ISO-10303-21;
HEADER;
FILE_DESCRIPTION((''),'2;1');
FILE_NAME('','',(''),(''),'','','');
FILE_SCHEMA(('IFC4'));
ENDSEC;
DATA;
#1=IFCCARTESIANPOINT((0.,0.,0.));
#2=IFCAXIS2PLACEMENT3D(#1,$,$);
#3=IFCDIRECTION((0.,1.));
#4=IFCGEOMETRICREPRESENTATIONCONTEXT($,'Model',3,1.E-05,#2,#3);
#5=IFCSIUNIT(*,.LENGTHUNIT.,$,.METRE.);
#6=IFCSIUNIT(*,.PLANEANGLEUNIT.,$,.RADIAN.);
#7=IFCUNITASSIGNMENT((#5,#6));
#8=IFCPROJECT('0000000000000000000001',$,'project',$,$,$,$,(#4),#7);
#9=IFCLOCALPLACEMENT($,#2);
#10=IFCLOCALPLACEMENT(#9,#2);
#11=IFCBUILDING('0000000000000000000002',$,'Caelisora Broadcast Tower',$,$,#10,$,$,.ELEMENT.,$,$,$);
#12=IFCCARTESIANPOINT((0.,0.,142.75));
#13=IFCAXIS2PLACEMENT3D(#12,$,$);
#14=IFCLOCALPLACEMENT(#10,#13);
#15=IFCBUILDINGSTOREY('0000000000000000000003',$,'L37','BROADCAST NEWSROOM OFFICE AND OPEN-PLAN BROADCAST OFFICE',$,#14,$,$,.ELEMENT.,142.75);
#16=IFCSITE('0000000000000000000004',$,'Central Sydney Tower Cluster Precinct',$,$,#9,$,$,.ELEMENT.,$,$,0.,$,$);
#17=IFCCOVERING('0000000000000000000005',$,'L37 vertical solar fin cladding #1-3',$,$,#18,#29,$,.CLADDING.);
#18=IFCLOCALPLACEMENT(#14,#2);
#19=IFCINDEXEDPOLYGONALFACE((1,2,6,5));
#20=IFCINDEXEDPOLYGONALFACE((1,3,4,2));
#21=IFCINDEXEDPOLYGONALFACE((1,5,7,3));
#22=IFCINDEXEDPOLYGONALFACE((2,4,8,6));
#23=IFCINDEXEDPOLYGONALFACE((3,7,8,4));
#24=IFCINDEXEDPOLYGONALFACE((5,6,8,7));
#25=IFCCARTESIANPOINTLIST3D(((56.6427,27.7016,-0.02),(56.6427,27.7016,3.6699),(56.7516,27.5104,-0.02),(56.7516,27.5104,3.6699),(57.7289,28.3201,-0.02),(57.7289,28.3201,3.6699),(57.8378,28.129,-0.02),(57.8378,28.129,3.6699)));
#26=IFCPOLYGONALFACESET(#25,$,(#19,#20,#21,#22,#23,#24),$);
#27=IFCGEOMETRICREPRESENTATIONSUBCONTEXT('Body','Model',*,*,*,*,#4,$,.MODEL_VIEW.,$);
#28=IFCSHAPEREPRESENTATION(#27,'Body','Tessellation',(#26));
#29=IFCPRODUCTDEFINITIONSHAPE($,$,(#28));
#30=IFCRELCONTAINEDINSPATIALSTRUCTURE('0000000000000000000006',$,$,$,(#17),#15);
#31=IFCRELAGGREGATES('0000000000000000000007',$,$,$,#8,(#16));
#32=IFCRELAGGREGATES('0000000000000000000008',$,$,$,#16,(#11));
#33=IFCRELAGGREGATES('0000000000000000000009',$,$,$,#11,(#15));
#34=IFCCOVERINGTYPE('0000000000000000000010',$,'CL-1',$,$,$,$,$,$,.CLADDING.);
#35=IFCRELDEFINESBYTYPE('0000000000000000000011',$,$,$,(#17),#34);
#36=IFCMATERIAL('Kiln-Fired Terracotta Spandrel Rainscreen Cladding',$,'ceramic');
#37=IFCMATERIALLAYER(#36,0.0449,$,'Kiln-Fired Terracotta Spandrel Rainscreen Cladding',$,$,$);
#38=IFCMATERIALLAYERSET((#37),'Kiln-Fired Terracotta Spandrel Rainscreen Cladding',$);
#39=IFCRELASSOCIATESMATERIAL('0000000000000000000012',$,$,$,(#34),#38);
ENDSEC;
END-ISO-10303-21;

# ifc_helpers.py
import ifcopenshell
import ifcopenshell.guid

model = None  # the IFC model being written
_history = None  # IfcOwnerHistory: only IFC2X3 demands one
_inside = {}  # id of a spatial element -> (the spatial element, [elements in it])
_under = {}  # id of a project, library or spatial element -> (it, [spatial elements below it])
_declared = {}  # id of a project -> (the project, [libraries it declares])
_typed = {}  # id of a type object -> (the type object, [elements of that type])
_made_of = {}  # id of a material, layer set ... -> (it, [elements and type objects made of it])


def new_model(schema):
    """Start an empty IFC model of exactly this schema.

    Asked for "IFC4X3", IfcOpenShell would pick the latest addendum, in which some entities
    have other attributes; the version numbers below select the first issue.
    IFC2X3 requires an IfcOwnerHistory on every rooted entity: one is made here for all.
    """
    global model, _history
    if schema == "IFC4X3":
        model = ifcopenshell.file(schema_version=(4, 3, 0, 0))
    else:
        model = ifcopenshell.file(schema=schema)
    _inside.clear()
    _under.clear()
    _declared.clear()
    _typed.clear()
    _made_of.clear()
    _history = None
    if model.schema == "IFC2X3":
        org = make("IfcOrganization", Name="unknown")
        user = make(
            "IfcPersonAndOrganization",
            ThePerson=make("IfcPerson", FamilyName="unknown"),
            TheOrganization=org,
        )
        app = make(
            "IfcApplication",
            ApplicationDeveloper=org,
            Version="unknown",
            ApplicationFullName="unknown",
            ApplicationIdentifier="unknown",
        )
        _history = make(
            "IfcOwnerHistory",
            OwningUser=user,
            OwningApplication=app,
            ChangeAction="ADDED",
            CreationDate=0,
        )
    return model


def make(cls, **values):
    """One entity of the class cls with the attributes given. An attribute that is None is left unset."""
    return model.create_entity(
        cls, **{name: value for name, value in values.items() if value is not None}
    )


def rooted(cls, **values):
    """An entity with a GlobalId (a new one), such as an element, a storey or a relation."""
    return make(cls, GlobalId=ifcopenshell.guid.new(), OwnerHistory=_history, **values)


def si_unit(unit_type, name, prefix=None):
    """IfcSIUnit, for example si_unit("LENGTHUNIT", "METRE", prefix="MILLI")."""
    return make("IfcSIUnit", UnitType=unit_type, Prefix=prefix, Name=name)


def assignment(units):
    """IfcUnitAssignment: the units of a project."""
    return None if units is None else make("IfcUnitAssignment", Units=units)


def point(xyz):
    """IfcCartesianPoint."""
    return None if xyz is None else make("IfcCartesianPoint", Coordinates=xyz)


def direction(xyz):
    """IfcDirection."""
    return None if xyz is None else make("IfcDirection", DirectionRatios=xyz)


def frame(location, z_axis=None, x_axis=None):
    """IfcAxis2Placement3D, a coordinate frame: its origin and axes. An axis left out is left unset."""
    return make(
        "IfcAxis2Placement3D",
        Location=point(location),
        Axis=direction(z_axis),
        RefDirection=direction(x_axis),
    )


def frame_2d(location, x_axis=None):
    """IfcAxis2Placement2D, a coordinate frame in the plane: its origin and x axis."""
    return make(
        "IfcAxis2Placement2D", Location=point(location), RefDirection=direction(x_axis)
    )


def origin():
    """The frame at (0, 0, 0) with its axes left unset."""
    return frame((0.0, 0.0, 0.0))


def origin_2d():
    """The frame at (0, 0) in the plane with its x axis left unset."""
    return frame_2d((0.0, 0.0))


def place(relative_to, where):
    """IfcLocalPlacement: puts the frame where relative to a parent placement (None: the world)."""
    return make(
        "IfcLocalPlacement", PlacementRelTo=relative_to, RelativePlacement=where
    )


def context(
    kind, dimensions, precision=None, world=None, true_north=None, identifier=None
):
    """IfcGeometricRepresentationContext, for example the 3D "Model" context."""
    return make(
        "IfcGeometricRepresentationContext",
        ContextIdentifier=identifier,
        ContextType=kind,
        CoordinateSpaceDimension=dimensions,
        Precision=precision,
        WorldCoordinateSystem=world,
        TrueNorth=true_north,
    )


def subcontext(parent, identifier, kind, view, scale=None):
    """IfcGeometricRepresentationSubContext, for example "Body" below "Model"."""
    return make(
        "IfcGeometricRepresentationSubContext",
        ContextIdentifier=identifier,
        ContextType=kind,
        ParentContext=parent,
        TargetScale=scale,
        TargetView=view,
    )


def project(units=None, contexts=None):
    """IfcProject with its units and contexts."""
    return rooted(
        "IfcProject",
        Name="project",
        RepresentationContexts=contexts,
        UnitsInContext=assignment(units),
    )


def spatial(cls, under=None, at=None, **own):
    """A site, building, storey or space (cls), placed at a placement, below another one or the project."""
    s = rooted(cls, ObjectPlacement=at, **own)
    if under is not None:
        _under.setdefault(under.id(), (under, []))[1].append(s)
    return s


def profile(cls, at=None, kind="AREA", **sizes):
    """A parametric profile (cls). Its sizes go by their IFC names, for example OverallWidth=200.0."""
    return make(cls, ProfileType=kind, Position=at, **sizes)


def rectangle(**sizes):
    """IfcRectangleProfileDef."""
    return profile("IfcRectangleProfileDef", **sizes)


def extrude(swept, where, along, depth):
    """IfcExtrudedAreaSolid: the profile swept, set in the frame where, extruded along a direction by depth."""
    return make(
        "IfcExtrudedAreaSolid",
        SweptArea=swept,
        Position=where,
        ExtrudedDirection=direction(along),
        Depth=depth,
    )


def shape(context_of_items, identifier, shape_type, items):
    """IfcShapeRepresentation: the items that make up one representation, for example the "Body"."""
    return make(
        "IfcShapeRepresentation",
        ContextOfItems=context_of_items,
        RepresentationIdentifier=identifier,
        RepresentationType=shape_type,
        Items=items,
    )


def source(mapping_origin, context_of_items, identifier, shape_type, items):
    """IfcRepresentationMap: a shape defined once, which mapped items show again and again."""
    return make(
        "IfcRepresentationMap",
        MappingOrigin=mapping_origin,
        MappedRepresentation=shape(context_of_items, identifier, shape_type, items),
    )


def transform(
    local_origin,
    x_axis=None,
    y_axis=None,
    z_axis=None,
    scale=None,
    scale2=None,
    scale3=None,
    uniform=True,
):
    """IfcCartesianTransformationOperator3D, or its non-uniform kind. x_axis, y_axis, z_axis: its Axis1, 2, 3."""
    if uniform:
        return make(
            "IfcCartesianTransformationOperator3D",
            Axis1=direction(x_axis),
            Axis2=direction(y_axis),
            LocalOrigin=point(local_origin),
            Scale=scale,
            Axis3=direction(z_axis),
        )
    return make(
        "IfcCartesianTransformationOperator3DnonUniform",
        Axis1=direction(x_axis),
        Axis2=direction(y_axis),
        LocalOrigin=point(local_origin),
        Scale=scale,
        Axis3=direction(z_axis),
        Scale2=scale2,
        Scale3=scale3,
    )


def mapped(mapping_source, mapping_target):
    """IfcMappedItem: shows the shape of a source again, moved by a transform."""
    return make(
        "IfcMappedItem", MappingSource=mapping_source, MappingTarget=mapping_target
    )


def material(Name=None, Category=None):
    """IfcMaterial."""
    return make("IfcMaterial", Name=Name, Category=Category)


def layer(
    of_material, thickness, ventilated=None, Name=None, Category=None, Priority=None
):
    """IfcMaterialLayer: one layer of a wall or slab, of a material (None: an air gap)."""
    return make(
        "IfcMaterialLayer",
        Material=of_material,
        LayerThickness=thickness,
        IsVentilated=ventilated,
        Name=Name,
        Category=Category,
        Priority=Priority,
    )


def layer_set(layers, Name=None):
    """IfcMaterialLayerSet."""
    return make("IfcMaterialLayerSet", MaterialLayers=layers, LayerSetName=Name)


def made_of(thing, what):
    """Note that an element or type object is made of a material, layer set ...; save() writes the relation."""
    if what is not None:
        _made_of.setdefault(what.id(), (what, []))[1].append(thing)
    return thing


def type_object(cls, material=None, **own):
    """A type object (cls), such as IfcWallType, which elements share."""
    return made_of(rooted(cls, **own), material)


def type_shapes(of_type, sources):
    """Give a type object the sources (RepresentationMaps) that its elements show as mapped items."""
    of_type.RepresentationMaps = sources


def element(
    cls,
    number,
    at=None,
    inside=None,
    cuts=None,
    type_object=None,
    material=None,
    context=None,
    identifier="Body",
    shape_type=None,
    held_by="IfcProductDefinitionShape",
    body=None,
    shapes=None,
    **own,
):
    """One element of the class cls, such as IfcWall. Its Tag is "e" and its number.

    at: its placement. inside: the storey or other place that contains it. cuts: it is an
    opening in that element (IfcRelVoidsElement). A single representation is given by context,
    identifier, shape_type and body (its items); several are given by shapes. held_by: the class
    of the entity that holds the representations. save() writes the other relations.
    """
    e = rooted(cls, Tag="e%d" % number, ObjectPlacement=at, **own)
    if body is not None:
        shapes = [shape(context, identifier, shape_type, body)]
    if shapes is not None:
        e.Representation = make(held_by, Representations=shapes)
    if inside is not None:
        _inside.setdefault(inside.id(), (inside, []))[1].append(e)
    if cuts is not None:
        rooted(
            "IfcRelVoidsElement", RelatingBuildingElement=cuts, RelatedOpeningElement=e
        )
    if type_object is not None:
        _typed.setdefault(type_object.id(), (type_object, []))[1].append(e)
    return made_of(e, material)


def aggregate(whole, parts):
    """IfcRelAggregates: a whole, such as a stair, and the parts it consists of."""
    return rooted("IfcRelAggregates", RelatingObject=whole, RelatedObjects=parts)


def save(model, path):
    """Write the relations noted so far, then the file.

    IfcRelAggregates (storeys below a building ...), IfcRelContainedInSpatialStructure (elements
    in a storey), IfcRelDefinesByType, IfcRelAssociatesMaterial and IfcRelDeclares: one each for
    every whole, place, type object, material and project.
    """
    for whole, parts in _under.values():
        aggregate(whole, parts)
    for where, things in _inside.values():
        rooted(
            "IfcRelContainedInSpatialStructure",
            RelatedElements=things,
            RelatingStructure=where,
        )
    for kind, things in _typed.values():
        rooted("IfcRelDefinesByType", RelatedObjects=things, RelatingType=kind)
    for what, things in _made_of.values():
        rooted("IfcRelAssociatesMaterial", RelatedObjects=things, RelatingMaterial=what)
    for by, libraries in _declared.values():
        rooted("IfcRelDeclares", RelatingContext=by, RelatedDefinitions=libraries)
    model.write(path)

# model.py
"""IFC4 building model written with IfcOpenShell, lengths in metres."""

from ifc_helpers import new_model, si_unit, direction, frame, origin, origin_2d, place, context, subcontext, project, spatial, rectangle, extrude, source, transform, mapped, material, layer, layer_set, type_object, type_shapes, element, save


model = new_model("IFC4")

# Units and contexts
model_context = context("Model", 3, precision=1e-05, world=origin(), true_north=direction((0.0, 1.0)))
body_context = subcontext(model_context, "Body", "Model", "MODEL_VIEW")
ifc_project = project(units=[si_unit("LENGTHUNIT", "METRE"), si_unit("PLANEANGLEUNIT", "RADIAN")], contexts=[model_context])

# Site, building, storey
site_placement = place(None, origin())
site = spatial("IfcSite", under=ifc_project, at=site_placement, Name="Central Sydney Tower Cluster Precinct", CompositionType="ELEMENT", RefElevation=0.0)
building_placement = place(site_placement, origin())
building = spatial("IfcBuilding", under=site, at=building_placement, Name="Caelisora Broadcast Tower", CompositionType="ELEMENT")
storey_placement = place(building_placement, frame((0.0, 0.0, 142.75)))
storey = spatial("IfcBuildingStorey", under=building, at=storey_placement, Name="L37", Description="BROADCAST NEWSROOM OFFICE AND OPEN-PLAN BROADCAST OFFICE", CompositionType="ELEMENT", Elevation=142.75)

# Covering
ifc_material_1 = material(Name="Kiln-Fired Terracotta Spandrel Rainscreen Cladding", Category="ceramic")
ifc_layer_1 = layer(ifc_material_1, 0.0449, Name="Kiln-Fired Terracotta Spandrel Rainscreen Cladding")
ifc_layer_set_1 = layer_set([ifc_layer_1], Name="Kiln-Fired Terracotta Spandrel Rainscreen Cladding")
covering_type = type_object("IfcCoveringType", Name="CL-1", PredefinedType="CLADDING", material=ifc_layer_set_1)
shared_shape_1 = source(origin(), body_context, "Body", "SweptSolid", [
    extrude(rectangle(XDim=0.22, YDim=1.25, at=origin_2d()), origin(), (0.0, 0.0, 1.0), 3.6899),
])
type_shapes(covering_type, [shared_shape_1])
covering_placement = place(storey_placement, frame((57.2402, 27.9153, -0.02), z_axis=(0.0, 0.0, 1.0), x_axis=(0.494852, -0.868977, 0.0)))
element("IfcCovering", 1, at=covering_placement, inside=storey, type_object=covering_type, Name="L37 vertical solar fin cladding #1-3", PredefinedType="CLADDING", context=body_context, shape_type="MappedRepresentation", body=[
    mapped(shared_shape_1, transform((0.0, 0.0, 0.0), scale=1.0)),
])

save(model, "model.ifc")
